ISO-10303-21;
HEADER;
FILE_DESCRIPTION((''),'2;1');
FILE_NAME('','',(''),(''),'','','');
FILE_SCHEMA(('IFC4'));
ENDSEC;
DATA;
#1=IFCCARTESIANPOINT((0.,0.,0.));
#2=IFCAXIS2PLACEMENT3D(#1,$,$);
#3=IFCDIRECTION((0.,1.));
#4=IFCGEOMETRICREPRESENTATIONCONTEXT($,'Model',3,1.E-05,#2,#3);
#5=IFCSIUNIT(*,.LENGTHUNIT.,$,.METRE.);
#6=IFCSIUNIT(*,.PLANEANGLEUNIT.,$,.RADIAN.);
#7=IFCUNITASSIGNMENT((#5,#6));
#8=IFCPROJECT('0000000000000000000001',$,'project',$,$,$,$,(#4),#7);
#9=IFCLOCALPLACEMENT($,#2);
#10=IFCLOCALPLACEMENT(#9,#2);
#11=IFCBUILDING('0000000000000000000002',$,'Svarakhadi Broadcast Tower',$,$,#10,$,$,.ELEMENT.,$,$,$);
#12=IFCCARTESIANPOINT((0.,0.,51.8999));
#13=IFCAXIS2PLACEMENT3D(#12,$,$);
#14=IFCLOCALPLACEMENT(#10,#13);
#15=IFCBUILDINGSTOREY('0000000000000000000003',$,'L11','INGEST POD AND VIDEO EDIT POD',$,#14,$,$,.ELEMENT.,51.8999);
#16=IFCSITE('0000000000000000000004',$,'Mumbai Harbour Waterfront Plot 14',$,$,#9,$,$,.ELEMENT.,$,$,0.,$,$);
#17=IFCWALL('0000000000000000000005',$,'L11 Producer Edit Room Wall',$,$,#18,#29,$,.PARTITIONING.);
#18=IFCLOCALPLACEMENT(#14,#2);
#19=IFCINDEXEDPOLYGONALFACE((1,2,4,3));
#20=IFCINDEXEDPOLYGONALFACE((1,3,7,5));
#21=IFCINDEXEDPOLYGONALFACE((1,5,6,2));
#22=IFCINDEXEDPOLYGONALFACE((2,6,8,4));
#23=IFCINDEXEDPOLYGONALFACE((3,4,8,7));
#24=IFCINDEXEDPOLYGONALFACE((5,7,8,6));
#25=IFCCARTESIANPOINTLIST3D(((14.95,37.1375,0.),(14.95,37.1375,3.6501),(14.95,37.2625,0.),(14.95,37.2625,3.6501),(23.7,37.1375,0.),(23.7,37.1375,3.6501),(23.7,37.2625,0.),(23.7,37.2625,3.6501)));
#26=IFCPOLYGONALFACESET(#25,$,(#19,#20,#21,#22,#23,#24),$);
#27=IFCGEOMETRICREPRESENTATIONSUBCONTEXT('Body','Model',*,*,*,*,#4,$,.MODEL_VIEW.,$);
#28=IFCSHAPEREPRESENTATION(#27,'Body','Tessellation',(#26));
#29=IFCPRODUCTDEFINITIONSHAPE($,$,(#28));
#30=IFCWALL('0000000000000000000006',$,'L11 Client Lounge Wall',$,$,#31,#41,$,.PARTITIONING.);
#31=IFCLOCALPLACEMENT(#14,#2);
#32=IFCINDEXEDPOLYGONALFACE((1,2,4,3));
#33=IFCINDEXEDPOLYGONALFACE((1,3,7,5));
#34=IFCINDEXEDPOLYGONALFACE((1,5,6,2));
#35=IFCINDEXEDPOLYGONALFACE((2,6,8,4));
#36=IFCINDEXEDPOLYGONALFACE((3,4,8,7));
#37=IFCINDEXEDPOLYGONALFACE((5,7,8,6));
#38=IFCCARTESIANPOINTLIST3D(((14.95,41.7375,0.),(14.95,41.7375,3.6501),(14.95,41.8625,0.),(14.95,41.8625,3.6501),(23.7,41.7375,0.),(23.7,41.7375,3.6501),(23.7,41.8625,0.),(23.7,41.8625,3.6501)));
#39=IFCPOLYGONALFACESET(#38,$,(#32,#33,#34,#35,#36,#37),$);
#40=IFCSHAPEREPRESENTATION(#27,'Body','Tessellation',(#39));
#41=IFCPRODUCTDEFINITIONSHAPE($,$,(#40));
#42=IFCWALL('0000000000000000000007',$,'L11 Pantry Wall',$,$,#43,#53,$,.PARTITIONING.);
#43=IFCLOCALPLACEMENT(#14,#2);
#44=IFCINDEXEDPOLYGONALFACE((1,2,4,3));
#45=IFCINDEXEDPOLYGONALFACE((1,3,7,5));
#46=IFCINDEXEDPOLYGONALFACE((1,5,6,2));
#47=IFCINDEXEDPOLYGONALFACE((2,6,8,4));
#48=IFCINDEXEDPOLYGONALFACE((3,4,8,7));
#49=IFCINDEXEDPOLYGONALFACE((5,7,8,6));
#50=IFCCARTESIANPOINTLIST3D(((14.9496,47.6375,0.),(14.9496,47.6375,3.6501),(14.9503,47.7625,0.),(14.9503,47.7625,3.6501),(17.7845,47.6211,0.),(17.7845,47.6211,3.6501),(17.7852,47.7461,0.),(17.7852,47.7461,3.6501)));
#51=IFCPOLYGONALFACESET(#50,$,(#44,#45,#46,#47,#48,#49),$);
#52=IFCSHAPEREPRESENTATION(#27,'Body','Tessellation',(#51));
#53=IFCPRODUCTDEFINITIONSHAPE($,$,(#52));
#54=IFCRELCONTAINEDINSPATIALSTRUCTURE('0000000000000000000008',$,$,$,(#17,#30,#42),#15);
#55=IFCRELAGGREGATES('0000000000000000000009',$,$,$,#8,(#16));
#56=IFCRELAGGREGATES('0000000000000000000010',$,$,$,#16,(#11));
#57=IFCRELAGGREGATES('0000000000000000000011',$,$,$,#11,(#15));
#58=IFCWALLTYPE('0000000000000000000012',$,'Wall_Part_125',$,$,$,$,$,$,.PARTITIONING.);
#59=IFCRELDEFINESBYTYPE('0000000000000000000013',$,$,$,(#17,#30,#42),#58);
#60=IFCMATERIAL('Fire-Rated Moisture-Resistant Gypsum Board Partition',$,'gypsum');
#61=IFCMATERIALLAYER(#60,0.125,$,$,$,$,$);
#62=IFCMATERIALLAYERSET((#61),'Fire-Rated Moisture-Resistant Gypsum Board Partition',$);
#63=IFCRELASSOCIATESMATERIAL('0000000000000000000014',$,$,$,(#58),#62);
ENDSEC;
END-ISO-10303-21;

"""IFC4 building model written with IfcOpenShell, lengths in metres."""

from ifc_helpers import new_model, si_unit, direction, frame, frame_2d, origin, place, context, subcontext, project, spatial, rectangle, extrude, material, layer, layer_set, type_object, element, save


model = new_model("IFC4")

# Units and contexts
model_context = context("Model", 3, precision=1e-05, world=origin(), true_north=direction((0.0, 1.0)))
body_context = subcontext(model_context, "Body", "Model", "MODEL_VIEW")
ifc_project = project(units=[si_unit("LENGTHUNIT", "METRE"), si_unit("PLANEANGLEUNIT", "RADIAN")], contexts=[model_context])

# Site, building, storey
site_placement = place(None, origin())
site = spatial("IfcSite", under=ifc_project, at=site_placement, Name="Mumbai Harbour Waterfront Plot 14", CompositionType="ELEMENT", RefElevation=0.0)
building_placement = place(site_placement, origin())
building = spatial("IfcBuilding", under=site, at=building_placement, Name="Svarakhadi Broadcast Tower", CompositionType="ELEMENT")
storey_placement = place(building_placement, frame((0.0, 0.0, 51.8999)))
storey = spatial("IfcBuildingStorey", under=building, at=storey_placement, Name="L11", Description="INGEST POD AND VIDEO EDIT POD", CompositionType="ELEMENT", Elevation=51.8999)

# Walls
ifc_material_1 = material(Name="Fire-Rated Moisture-Resistant Gypsum Board Partition", Category="gypsum")
ifc_layer_1 = layer(ifc_material_1, 0.125)
ifc_layer_set_1 = layer_set([ifc_layer_1], Name="Fire-Rated Moisture-Resistant Gypsum Board Partition")
wall_type_1 = type_object("IfcWallType", Name="Wall_Part_125", PredefinedType="PARTITIONING", material=ifc_layer_set_1)
for number, where, z_axis, x_axis, name in (
    (1, (14.95, 37.2, 0.0), (0.0, 0.0, 1.0), (1.0, 0.0, 0.0), "L11 Producer Edit Room Wall"),
    (2, (14.95, 41.8, 0.0), (0.0, 0.0, 1.0), (1.0, 0.0, 0.0), "L11 Client Lounge Wall"),
):
    element("IfcWall", number, at=place(storey_placement, frame(where, z_axis=z_axis, x_axis=x_axis)), inside=storey, type_object=wall_type_1, Name=name, PredefinedType="PARTITIONING", context=body_context, shape_type="SweptSolid", body=[
        extrude(rectangle(XDim=8.75, YDim=0.125, at=frame_2d((4.375, 0.0))), origin(), (0.0, 0.0, 1.0), 3.6501),
    ])
wall_1_placement = place(storey_placement, frame((14.95, 47.7, 0.0), z_axis=(0.0, 0.0, 1.0), x_axis=(0.999983, -0.00577, 0.0)))
element("IfcWall", 3, at=wall_1_placement, inside=storey, type_object=wall_type_1, Name="L11 Pantry Wall", PredefinedType="PARTITIONING", context=body_context, shape_type="SweptSolid", body=[
    extrude(rectangle(XDim=2.835, YDim=0.125, at=frame_2d((1.4175, 0.0))), origin(), (0.0, 0.0, 1.0), 3.6501),
])

save(model, "model.ifc")
